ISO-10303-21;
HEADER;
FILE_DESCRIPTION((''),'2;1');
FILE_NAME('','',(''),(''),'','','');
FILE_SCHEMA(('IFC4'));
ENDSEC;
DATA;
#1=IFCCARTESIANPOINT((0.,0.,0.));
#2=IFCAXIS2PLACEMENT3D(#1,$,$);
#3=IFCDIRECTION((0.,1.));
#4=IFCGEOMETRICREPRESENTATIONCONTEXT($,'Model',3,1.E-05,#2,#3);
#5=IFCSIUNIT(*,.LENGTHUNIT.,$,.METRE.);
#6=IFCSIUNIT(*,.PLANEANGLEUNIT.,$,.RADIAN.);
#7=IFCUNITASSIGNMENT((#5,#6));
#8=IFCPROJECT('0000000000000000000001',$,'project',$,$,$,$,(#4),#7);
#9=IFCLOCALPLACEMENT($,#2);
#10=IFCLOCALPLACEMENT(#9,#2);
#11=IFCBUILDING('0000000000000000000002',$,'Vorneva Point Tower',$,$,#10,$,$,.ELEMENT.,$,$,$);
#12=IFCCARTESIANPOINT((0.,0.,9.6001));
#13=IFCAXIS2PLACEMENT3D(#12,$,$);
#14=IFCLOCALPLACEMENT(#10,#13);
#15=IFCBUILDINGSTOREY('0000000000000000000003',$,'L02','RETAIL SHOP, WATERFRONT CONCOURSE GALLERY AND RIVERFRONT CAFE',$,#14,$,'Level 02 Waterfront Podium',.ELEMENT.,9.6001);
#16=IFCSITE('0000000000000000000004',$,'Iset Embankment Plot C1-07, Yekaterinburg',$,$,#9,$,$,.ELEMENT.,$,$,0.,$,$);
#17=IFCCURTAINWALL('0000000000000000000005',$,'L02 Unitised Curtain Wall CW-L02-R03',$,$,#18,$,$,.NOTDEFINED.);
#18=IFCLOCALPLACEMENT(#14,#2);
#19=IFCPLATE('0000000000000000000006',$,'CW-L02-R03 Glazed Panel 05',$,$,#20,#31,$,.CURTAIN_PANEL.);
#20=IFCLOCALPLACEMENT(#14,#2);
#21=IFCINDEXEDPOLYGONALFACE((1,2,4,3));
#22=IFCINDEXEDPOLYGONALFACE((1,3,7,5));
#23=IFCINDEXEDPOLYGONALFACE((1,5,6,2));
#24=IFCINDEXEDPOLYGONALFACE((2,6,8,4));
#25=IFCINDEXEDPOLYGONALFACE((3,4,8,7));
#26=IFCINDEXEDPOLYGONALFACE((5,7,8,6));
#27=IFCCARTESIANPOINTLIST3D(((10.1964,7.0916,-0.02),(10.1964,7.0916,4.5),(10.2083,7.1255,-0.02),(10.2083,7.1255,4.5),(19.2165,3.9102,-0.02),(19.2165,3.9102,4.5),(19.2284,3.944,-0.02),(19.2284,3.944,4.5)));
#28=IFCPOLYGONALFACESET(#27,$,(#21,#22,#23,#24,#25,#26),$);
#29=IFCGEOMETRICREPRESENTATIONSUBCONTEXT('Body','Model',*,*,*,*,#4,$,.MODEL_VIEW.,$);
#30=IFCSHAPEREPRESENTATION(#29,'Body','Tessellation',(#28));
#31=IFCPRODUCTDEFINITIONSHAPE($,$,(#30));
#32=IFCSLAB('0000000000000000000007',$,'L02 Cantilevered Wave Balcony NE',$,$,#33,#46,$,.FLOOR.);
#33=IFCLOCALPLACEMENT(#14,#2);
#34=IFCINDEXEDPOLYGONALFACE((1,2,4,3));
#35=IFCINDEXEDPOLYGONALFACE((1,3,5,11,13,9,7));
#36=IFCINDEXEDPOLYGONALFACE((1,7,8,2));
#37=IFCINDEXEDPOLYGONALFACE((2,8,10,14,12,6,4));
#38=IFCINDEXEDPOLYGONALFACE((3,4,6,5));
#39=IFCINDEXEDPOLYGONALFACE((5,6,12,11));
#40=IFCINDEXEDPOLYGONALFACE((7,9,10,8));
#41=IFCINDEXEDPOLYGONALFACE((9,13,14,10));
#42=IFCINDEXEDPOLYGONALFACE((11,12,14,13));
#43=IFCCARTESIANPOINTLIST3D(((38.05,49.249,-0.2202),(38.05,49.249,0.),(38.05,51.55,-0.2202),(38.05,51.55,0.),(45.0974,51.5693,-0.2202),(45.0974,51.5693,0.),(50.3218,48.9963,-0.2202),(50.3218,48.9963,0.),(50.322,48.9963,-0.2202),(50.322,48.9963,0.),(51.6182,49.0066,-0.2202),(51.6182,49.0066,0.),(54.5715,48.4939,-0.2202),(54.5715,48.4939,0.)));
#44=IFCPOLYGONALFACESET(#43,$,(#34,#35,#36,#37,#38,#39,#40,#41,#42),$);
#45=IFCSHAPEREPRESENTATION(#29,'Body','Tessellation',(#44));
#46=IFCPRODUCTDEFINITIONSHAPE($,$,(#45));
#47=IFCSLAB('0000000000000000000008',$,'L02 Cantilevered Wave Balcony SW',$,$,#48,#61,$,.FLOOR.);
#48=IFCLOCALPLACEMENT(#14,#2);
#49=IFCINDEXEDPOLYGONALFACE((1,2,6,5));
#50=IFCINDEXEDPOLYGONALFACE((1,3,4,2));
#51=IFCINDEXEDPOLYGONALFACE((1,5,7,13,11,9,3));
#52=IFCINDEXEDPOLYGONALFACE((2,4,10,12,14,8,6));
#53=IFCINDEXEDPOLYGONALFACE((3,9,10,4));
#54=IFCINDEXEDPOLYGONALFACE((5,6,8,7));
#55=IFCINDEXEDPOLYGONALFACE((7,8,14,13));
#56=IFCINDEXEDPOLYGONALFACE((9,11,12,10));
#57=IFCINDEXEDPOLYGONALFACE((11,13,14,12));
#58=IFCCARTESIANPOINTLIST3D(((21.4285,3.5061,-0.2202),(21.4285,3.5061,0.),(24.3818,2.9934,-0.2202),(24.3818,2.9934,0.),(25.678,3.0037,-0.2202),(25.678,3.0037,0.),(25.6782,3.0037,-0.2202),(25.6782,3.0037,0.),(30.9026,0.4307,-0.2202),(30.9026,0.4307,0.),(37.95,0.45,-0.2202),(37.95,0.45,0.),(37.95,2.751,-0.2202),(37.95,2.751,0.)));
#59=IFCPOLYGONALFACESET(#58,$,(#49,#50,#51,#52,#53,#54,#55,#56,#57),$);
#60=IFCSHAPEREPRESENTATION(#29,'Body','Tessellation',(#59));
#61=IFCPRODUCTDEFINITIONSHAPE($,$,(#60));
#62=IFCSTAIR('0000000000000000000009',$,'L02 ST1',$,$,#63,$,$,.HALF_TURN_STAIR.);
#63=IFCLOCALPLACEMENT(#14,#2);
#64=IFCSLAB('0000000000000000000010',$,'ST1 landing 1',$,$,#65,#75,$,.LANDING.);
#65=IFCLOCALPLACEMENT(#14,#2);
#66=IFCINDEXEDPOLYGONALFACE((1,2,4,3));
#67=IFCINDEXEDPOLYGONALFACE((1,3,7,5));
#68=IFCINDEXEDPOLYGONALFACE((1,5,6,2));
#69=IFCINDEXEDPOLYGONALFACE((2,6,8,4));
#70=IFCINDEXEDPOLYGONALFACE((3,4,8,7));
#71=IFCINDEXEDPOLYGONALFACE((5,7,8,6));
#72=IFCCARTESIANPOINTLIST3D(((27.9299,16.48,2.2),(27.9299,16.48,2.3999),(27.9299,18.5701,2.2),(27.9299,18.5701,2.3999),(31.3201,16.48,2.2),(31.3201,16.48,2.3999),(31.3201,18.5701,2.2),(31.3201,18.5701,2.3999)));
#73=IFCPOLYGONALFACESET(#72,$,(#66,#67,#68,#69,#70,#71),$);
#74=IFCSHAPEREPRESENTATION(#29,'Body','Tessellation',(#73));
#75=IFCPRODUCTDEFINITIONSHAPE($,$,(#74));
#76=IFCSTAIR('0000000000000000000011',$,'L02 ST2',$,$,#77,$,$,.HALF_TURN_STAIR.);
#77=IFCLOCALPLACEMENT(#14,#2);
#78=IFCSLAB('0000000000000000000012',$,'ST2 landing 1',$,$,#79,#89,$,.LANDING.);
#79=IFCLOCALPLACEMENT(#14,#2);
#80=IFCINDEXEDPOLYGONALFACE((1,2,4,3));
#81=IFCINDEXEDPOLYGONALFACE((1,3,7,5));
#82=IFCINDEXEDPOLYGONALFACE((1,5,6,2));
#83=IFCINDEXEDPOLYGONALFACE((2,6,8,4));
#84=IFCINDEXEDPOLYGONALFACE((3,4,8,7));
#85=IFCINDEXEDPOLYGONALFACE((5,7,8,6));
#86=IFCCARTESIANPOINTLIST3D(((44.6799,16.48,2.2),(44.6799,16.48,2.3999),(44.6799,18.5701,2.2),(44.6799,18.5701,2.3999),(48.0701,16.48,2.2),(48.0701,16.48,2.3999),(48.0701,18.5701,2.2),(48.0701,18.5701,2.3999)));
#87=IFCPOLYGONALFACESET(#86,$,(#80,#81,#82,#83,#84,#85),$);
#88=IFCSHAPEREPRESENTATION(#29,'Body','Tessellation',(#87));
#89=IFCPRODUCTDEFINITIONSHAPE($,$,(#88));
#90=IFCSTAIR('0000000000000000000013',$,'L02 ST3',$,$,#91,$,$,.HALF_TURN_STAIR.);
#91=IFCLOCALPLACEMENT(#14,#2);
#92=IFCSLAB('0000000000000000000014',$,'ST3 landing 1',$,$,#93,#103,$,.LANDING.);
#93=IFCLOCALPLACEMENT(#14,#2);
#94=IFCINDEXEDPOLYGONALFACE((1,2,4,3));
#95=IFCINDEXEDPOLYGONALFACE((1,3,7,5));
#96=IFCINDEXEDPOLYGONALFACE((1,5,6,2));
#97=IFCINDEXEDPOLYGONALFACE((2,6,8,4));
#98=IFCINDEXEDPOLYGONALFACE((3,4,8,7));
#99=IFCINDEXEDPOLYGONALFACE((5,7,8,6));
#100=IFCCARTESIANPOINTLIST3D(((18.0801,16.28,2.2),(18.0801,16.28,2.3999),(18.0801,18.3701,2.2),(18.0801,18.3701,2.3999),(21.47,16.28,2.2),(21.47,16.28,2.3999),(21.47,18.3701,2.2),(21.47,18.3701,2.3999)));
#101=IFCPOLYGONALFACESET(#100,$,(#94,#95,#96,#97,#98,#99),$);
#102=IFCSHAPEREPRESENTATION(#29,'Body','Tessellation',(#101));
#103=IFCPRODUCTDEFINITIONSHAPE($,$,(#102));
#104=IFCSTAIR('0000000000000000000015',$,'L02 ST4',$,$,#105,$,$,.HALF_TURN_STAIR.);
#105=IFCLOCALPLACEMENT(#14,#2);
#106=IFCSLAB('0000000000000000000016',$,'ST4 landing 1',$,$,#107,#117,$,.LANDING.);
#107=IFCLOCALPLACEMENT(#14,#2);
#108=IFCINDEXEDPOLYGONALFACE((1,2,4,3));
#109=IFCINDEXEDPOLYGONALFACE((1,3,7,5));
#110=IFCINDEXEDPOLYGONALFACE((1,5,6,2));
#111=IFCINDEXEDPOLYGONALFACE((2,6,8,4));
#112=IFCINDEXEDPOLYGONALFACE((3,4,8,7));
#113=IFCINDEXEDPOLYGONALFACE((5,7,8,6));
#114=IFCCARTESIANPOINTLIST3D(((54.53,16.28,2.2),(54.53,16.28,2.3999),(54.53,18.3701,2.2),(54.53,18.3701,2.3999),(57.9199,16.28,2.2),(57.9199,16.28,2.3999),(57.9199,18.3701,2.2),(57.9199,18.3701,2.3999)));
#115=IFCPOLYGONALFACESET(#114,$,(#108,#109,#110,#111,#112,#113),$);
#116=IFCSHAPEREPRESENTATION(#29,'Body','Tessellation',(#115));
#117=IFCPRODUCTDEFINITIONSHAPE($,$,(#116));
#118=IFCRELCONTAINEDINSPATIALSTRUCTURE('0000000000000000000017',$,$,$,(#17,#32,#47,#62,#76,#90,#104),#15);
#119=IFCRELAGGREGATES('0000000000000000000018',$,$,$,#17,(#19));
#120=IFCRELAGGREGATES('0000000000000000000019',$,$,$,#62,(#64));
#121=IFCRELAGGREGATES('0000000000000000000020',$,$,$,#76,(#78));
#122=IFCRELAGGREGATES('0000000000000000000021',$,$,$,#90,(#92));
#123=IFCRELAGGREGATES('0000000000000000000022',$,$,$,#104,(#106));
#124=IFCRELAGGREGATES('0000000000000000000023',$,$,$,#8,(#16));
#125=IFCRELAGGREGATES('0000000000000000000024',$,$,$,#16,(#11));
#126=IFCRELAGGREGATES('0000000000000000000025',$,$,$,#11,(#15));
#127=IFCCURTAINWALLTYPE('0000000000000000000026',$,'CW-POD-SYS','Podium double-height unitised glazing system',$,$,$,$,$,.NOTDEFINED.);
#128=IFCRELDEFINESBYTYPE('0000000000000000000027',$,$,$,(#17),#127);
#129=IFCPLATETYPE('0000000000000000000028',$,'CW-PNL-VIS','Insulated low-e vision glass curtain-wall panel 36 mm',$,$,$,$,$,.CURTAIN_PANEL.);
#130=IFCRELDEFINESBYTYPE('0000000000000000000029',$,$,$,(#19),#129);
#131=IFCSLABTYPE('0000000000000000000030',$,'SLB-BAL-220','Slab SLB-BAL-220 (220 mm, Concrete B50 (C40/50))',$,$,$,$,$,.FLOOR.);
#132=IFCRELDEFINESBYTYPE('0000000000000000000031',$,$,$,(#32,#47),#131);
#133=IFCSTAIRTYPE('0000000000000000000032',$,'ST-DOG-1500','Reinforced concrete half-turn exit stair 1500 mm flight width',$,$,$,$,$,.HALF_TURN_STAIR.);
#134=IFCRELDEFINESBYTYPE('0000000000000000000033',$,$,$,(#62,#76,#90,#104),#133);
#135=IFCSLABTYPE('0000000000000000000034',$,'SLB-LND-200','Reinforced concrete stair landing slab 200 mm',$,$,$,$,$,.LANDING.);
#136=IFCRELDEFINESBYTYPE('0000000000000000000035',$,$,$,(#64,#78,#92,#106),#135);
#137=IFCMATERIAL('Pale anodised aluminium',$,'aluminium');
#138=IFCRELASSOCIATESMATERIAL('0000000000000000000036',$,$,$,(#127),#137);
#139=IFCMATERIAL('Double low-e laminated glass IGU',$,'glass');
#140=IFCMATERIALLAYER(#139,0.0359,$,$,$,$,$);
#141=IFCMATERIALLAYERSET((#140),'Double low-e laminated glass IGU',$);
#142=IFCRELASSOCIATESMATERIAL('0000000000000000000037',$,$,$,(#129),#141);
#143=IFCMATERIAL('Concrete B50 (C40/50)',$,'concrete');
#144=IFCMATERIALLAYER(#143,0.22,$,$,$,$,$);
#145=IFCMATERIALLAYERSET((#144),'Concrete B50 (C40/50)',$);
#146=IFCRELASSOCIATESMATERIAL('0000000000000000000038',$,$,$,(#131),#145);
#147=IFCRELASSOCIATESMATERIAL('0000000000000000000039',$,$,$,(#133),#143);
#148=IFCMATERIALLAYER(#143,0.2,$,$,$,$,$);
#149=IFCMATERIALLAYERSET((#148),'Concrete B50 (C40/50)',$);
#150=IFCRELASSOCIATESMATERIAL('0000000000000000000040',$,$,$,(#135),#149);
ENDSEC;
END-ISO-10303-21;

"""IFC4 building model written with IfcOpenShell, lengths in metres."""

from ifc_helpers import new_model, si_unit, direction, frame, origin, origin_2d, place, context, subcontext, project, spatial, polyline, rectangle, outline, extrude, material, layer, layer_set, type_object, element, aggregate, save


model = new_model("IFC4")

# Units and contexts
model_context = context("Model", 3, precision=1e-05, world=origin(), true_north=direction((0.0, 1.0)))
body_context = subcontext(model_context, "Body", "Model", "MODEL_VIEW")
ifc_project = project(units=[si_unit("LENGTHUNIT", "METRE"), si_unit("PLANEANGLEUNIT", "RADIAN")], contexts=[model_context])

# Site, building, storey
site_placement = place(None, origin())
site = spatial("IfcSite", under=ifc_project, at=site_placement, Name="Iset Embankment Plot C1-07, Yekaterinburg", CompositionType="ELEMENT", RefElevation=0.0)
building_placement = place(site_placement, origin())
building = spatial("IfcBuilding", under=site, at=building_placement, Name="Vorneva Point Tower", CompositionType="ELEMENT")
storey_placement = place(building_placement, frame((0.0, 0.0, 9.6001)))
storey = spatial("IfcBuildingStorey", under=building, at=storey_placement, Name="L02", Description="RETAIL SHOP, WATERFRONT CONCOURSE GALLERY AND RIVERFRONT CAFE", LongName="Level 02 Waterfront Podium", CompositionType="ELEMENT", Elevation=9.6001)

# Curtain wall, plate
ifc_material_1 = material(Name="Pale anodised aluminium", Category="aluminium")
curtain_wall_type = type_object("IfcCurtainWallType", Name="CW-POD-SYS", Description="Podium double-height unitised glazing system", PredefinedType="NOTDEFINED", material=ifc_material_1)
curtain_wall_placement = place(storey_placement, origin())
curtain_wall = element("IfcCurtainWall", 1, at=curtain_wall_placement, inside=storey, type_object=curtain_wall_type, Name="L02 Unitised Curtain Wall CW-L02-R03", PredefinedType="NOTDEFINED")
ifc_material_2 = material(Name="Double low-e laminated glass IGU", Category="glass")
ifc_layer_1 = layer(ifc_material_2, 0.0359)
ifc_layer_set_1 = layer_set([ifc_layer_1], Name="Double low-e laminated glass IGU")
plate_type = type_object("IfcPlateType", Name="CW-PNL-VIS", Description="Insulated low-e vision glass curtain-wall panel 36 mm", PredefinedType="CURTAIN_PANEL", material=ifc_layer_set_1)
plate_1_placement = place(storey_placement, frame((14.7124, 5.5178, -0.02), z_axis=(0.0, 0.0, 1.0), x_axis=(0.94306, -0.332622, 0.0)))
plate_1 = element("IfcPlate", 2, at=plate_1_placement, type_object=plate_type, Name="CW-L02-R03 Glazed Panel 05", PredefinedType="CURTAIN_PANEL", context=body_context, shape_type="SweptSolid", body=[
    extrude(rectangle(XDim=9.5647, YDim=0.0359, at=origin_2d()), origin(), (0.0, 0.0, 1.0), 4.52),
])
aggregate(curtain_wall, [plate_1])

# Slabs
ifc_material_3 = material(Name="Concrete B50 (C40/50)", Category="concrete")
ifc_layer_2 = layer(ifc_material_3, 0.22)
ifc_layer_set_2 = layer_set([ifc_layer_2], Name="Concrete B50 (C40/50)")
slab_type_1 = type_object("IfcSlabType", Name="SLB-BAL-220", Description="Slab SLB-BAL-220 (220 mm, Concrete B50 (C40/50))", PredefinedType="FLOOR", material=ifc_layer_set_2)
slab_1_placement = place(storey_placement, frame((0.0, 0.0, -0.2202)))
element("IfcSlab", 3, at=slab_1_placement, inside=storey, type_object=slab_type_1, Name="L02 Cantilevered Wave Balcony NE", PredefinedType="FLOOR", context=body_context, shape_type="SweptSolid", body=[
    extrude(outline(polyline([(38.05, 51.55), (38.05, 49.249), (50.3218, 48.9963), (50.322, 48.9963), (54.5715, 48.4939), (51.6182, 49.0066), (45.0974, 51.5693), (38.05, 51.55)])), origin(), (0.0, 0.0, 1.0), 0.2202),
])
slab_2_placement = place(storey_placement, frame((0.0, 0.0, -0.2202)))
element("IfcSlab", 4, at=slab_2_placement, inside=storey, type_object=slab_type_1, Name="L02 Cantilevered Wave Balcony SW", PredefinedType="FLOOR", context=body_context, shape_type="SweptSolid", body=[
    extrude(outline(polyline([(37.95, 0.45), (37.95, 2.751), (25.6782, 3.0037), (25.678, 3.0037), (21.4285, 3.5061), (24.3818, 2.9934), (30.9026, 0.4307), (37.95, 0.45)])), origin(), (0.0, 0.0, 1.0), 0.2202),
])

# Stairs, slabs
stair_type = type_object("IfcStairType", Name="ST-DOG-1500", Description="Reinforced concrete half-turn exit stair 1500 mm flight width", PredefinedType="HALF_TURN_STAIR", material=ifc_material_3)
stair_1_placement = place(storey_placement, origin())
stair_1 = element("IfcStair", 5, at=stair_1_placement, inside=storey, type_object=stair_type, Name="L02 ST1", PredefinedType="HALF_TURN_STAIR")
ifc_layer_3 = layer(ifc_material_3, 0.2)
ifc_layer_set_3 = layer_set([ifc_layer_3], Name="Concrete B50 (C40/50)")
slab_type_2 = type_object("IfcSlabType", Name="SLB-LND-200", Description="Reinforced concrete stair landing slab 200 mm", PredefinedType="LANDING", material=ifc_layer_set_3)
slab_3_placement = place(storey_placement, frame((0.0, 0.0, 2.2)))
slab_3 = element("IfcSlab", 6, at=slab_3_placement, type_object=slab_type_2, Name="ST1 landing 1", PredefinedType="LANDING", context=body_context, shape_type="SweptSolid", body=[
    extrude(outline(polyline([(27.9299, 16.48), (31.3201, 16.48), (31.3201, 18.5701), (27.9299, 18.5701), (27.9299, 16.48)])), origin(), (0.0, 0.0, 1.0), 0.2),
])
aggregate(stair_1, [slab_3])
stair_2_placement = place(storey_placement, origin())
stair_2 = element("IfcStair", 7, at=stair_2_placement, inside=storey, type_object=stair_type, Name="L02 ST2", PredefinedType="HALF_TURN_STAIR")
slab_4_placement = place(storey_placement, frame((0.0, 0.0, 2.2)))
slab_4 = element("IfcSlab", 8, at=slab_4_placement, type_object=slab_type_2, Name="ST2 landing 1", PredefinedType="LANDING", context=body_context, shape_type="SweptSolid", body=[
    extrude(outline(polyline([(44.6799, 16.48), (48.0701, 16.48), (48.0701, 18.5701), (44.6799, 18.5701), (44.6799, 16.48)])), origin(), (0.0, 0.0, 1.0), 0.2),
])
aggregate(stair_2, [slab_4])
stair_3_placement = place(storey_placement, origin())
stair_3 = element("IfcStair", 9, at=stair_3_placement, inside=storey, type_object=stair_type, Name="L02 ST3", PredefinedType="HALF_TURN_STAIR")
slab_5_placement = place(storey_placement, frame((0.0, 0.0, 2.2)))
slab_5 = element("IfcSlab", 10, at=slab_5_placement, type_object=slab_type_2, Name="ST3 landing 1", PredefinedType="LANDING", context=body_context, shape_type="SweptSolid", body=[
    extrude(outline(polyline([(18.0801, 16.28), (21.47, 16.28), (21.47, 18.3701), (18.0801, 18.3701), (18.0801, 16.28)])), origin(), (0.0, 0.0, 1.0), 0.2),
])
aggregate(stair_3, [slab_5])
stair_4_placement = place(storey_placement, origin())
stair_4 = element("IfcStair", 11, at=stair_4_placement, inside=storey, type_object=stair_type, Name="L02 ST4", PredefinedType="HALF_TURN_STAIR")
slab_6_placement = place(storey_placement, frame((0.0, 0.0, 2.2)))
slab_6 = element("IfcSlab", 12, at=slab_6_placement, type_object=slab_type_2, Name="ST4 landing 1", PredefinedType="LANDING", context=body_context, shape_type="SweptSolid", body=[
    extrude(outline(polyline([(54.53, 16.28), (57.9199, 16.28), (57.9199, 18.3701), (54.53, 18.3701), (54.53, 16.28)])), origin(), (0.0, 0.0, 1.0), 0.2),
])
aggregate(stair_4, [slab_6])

save(model, "model.ifc")
